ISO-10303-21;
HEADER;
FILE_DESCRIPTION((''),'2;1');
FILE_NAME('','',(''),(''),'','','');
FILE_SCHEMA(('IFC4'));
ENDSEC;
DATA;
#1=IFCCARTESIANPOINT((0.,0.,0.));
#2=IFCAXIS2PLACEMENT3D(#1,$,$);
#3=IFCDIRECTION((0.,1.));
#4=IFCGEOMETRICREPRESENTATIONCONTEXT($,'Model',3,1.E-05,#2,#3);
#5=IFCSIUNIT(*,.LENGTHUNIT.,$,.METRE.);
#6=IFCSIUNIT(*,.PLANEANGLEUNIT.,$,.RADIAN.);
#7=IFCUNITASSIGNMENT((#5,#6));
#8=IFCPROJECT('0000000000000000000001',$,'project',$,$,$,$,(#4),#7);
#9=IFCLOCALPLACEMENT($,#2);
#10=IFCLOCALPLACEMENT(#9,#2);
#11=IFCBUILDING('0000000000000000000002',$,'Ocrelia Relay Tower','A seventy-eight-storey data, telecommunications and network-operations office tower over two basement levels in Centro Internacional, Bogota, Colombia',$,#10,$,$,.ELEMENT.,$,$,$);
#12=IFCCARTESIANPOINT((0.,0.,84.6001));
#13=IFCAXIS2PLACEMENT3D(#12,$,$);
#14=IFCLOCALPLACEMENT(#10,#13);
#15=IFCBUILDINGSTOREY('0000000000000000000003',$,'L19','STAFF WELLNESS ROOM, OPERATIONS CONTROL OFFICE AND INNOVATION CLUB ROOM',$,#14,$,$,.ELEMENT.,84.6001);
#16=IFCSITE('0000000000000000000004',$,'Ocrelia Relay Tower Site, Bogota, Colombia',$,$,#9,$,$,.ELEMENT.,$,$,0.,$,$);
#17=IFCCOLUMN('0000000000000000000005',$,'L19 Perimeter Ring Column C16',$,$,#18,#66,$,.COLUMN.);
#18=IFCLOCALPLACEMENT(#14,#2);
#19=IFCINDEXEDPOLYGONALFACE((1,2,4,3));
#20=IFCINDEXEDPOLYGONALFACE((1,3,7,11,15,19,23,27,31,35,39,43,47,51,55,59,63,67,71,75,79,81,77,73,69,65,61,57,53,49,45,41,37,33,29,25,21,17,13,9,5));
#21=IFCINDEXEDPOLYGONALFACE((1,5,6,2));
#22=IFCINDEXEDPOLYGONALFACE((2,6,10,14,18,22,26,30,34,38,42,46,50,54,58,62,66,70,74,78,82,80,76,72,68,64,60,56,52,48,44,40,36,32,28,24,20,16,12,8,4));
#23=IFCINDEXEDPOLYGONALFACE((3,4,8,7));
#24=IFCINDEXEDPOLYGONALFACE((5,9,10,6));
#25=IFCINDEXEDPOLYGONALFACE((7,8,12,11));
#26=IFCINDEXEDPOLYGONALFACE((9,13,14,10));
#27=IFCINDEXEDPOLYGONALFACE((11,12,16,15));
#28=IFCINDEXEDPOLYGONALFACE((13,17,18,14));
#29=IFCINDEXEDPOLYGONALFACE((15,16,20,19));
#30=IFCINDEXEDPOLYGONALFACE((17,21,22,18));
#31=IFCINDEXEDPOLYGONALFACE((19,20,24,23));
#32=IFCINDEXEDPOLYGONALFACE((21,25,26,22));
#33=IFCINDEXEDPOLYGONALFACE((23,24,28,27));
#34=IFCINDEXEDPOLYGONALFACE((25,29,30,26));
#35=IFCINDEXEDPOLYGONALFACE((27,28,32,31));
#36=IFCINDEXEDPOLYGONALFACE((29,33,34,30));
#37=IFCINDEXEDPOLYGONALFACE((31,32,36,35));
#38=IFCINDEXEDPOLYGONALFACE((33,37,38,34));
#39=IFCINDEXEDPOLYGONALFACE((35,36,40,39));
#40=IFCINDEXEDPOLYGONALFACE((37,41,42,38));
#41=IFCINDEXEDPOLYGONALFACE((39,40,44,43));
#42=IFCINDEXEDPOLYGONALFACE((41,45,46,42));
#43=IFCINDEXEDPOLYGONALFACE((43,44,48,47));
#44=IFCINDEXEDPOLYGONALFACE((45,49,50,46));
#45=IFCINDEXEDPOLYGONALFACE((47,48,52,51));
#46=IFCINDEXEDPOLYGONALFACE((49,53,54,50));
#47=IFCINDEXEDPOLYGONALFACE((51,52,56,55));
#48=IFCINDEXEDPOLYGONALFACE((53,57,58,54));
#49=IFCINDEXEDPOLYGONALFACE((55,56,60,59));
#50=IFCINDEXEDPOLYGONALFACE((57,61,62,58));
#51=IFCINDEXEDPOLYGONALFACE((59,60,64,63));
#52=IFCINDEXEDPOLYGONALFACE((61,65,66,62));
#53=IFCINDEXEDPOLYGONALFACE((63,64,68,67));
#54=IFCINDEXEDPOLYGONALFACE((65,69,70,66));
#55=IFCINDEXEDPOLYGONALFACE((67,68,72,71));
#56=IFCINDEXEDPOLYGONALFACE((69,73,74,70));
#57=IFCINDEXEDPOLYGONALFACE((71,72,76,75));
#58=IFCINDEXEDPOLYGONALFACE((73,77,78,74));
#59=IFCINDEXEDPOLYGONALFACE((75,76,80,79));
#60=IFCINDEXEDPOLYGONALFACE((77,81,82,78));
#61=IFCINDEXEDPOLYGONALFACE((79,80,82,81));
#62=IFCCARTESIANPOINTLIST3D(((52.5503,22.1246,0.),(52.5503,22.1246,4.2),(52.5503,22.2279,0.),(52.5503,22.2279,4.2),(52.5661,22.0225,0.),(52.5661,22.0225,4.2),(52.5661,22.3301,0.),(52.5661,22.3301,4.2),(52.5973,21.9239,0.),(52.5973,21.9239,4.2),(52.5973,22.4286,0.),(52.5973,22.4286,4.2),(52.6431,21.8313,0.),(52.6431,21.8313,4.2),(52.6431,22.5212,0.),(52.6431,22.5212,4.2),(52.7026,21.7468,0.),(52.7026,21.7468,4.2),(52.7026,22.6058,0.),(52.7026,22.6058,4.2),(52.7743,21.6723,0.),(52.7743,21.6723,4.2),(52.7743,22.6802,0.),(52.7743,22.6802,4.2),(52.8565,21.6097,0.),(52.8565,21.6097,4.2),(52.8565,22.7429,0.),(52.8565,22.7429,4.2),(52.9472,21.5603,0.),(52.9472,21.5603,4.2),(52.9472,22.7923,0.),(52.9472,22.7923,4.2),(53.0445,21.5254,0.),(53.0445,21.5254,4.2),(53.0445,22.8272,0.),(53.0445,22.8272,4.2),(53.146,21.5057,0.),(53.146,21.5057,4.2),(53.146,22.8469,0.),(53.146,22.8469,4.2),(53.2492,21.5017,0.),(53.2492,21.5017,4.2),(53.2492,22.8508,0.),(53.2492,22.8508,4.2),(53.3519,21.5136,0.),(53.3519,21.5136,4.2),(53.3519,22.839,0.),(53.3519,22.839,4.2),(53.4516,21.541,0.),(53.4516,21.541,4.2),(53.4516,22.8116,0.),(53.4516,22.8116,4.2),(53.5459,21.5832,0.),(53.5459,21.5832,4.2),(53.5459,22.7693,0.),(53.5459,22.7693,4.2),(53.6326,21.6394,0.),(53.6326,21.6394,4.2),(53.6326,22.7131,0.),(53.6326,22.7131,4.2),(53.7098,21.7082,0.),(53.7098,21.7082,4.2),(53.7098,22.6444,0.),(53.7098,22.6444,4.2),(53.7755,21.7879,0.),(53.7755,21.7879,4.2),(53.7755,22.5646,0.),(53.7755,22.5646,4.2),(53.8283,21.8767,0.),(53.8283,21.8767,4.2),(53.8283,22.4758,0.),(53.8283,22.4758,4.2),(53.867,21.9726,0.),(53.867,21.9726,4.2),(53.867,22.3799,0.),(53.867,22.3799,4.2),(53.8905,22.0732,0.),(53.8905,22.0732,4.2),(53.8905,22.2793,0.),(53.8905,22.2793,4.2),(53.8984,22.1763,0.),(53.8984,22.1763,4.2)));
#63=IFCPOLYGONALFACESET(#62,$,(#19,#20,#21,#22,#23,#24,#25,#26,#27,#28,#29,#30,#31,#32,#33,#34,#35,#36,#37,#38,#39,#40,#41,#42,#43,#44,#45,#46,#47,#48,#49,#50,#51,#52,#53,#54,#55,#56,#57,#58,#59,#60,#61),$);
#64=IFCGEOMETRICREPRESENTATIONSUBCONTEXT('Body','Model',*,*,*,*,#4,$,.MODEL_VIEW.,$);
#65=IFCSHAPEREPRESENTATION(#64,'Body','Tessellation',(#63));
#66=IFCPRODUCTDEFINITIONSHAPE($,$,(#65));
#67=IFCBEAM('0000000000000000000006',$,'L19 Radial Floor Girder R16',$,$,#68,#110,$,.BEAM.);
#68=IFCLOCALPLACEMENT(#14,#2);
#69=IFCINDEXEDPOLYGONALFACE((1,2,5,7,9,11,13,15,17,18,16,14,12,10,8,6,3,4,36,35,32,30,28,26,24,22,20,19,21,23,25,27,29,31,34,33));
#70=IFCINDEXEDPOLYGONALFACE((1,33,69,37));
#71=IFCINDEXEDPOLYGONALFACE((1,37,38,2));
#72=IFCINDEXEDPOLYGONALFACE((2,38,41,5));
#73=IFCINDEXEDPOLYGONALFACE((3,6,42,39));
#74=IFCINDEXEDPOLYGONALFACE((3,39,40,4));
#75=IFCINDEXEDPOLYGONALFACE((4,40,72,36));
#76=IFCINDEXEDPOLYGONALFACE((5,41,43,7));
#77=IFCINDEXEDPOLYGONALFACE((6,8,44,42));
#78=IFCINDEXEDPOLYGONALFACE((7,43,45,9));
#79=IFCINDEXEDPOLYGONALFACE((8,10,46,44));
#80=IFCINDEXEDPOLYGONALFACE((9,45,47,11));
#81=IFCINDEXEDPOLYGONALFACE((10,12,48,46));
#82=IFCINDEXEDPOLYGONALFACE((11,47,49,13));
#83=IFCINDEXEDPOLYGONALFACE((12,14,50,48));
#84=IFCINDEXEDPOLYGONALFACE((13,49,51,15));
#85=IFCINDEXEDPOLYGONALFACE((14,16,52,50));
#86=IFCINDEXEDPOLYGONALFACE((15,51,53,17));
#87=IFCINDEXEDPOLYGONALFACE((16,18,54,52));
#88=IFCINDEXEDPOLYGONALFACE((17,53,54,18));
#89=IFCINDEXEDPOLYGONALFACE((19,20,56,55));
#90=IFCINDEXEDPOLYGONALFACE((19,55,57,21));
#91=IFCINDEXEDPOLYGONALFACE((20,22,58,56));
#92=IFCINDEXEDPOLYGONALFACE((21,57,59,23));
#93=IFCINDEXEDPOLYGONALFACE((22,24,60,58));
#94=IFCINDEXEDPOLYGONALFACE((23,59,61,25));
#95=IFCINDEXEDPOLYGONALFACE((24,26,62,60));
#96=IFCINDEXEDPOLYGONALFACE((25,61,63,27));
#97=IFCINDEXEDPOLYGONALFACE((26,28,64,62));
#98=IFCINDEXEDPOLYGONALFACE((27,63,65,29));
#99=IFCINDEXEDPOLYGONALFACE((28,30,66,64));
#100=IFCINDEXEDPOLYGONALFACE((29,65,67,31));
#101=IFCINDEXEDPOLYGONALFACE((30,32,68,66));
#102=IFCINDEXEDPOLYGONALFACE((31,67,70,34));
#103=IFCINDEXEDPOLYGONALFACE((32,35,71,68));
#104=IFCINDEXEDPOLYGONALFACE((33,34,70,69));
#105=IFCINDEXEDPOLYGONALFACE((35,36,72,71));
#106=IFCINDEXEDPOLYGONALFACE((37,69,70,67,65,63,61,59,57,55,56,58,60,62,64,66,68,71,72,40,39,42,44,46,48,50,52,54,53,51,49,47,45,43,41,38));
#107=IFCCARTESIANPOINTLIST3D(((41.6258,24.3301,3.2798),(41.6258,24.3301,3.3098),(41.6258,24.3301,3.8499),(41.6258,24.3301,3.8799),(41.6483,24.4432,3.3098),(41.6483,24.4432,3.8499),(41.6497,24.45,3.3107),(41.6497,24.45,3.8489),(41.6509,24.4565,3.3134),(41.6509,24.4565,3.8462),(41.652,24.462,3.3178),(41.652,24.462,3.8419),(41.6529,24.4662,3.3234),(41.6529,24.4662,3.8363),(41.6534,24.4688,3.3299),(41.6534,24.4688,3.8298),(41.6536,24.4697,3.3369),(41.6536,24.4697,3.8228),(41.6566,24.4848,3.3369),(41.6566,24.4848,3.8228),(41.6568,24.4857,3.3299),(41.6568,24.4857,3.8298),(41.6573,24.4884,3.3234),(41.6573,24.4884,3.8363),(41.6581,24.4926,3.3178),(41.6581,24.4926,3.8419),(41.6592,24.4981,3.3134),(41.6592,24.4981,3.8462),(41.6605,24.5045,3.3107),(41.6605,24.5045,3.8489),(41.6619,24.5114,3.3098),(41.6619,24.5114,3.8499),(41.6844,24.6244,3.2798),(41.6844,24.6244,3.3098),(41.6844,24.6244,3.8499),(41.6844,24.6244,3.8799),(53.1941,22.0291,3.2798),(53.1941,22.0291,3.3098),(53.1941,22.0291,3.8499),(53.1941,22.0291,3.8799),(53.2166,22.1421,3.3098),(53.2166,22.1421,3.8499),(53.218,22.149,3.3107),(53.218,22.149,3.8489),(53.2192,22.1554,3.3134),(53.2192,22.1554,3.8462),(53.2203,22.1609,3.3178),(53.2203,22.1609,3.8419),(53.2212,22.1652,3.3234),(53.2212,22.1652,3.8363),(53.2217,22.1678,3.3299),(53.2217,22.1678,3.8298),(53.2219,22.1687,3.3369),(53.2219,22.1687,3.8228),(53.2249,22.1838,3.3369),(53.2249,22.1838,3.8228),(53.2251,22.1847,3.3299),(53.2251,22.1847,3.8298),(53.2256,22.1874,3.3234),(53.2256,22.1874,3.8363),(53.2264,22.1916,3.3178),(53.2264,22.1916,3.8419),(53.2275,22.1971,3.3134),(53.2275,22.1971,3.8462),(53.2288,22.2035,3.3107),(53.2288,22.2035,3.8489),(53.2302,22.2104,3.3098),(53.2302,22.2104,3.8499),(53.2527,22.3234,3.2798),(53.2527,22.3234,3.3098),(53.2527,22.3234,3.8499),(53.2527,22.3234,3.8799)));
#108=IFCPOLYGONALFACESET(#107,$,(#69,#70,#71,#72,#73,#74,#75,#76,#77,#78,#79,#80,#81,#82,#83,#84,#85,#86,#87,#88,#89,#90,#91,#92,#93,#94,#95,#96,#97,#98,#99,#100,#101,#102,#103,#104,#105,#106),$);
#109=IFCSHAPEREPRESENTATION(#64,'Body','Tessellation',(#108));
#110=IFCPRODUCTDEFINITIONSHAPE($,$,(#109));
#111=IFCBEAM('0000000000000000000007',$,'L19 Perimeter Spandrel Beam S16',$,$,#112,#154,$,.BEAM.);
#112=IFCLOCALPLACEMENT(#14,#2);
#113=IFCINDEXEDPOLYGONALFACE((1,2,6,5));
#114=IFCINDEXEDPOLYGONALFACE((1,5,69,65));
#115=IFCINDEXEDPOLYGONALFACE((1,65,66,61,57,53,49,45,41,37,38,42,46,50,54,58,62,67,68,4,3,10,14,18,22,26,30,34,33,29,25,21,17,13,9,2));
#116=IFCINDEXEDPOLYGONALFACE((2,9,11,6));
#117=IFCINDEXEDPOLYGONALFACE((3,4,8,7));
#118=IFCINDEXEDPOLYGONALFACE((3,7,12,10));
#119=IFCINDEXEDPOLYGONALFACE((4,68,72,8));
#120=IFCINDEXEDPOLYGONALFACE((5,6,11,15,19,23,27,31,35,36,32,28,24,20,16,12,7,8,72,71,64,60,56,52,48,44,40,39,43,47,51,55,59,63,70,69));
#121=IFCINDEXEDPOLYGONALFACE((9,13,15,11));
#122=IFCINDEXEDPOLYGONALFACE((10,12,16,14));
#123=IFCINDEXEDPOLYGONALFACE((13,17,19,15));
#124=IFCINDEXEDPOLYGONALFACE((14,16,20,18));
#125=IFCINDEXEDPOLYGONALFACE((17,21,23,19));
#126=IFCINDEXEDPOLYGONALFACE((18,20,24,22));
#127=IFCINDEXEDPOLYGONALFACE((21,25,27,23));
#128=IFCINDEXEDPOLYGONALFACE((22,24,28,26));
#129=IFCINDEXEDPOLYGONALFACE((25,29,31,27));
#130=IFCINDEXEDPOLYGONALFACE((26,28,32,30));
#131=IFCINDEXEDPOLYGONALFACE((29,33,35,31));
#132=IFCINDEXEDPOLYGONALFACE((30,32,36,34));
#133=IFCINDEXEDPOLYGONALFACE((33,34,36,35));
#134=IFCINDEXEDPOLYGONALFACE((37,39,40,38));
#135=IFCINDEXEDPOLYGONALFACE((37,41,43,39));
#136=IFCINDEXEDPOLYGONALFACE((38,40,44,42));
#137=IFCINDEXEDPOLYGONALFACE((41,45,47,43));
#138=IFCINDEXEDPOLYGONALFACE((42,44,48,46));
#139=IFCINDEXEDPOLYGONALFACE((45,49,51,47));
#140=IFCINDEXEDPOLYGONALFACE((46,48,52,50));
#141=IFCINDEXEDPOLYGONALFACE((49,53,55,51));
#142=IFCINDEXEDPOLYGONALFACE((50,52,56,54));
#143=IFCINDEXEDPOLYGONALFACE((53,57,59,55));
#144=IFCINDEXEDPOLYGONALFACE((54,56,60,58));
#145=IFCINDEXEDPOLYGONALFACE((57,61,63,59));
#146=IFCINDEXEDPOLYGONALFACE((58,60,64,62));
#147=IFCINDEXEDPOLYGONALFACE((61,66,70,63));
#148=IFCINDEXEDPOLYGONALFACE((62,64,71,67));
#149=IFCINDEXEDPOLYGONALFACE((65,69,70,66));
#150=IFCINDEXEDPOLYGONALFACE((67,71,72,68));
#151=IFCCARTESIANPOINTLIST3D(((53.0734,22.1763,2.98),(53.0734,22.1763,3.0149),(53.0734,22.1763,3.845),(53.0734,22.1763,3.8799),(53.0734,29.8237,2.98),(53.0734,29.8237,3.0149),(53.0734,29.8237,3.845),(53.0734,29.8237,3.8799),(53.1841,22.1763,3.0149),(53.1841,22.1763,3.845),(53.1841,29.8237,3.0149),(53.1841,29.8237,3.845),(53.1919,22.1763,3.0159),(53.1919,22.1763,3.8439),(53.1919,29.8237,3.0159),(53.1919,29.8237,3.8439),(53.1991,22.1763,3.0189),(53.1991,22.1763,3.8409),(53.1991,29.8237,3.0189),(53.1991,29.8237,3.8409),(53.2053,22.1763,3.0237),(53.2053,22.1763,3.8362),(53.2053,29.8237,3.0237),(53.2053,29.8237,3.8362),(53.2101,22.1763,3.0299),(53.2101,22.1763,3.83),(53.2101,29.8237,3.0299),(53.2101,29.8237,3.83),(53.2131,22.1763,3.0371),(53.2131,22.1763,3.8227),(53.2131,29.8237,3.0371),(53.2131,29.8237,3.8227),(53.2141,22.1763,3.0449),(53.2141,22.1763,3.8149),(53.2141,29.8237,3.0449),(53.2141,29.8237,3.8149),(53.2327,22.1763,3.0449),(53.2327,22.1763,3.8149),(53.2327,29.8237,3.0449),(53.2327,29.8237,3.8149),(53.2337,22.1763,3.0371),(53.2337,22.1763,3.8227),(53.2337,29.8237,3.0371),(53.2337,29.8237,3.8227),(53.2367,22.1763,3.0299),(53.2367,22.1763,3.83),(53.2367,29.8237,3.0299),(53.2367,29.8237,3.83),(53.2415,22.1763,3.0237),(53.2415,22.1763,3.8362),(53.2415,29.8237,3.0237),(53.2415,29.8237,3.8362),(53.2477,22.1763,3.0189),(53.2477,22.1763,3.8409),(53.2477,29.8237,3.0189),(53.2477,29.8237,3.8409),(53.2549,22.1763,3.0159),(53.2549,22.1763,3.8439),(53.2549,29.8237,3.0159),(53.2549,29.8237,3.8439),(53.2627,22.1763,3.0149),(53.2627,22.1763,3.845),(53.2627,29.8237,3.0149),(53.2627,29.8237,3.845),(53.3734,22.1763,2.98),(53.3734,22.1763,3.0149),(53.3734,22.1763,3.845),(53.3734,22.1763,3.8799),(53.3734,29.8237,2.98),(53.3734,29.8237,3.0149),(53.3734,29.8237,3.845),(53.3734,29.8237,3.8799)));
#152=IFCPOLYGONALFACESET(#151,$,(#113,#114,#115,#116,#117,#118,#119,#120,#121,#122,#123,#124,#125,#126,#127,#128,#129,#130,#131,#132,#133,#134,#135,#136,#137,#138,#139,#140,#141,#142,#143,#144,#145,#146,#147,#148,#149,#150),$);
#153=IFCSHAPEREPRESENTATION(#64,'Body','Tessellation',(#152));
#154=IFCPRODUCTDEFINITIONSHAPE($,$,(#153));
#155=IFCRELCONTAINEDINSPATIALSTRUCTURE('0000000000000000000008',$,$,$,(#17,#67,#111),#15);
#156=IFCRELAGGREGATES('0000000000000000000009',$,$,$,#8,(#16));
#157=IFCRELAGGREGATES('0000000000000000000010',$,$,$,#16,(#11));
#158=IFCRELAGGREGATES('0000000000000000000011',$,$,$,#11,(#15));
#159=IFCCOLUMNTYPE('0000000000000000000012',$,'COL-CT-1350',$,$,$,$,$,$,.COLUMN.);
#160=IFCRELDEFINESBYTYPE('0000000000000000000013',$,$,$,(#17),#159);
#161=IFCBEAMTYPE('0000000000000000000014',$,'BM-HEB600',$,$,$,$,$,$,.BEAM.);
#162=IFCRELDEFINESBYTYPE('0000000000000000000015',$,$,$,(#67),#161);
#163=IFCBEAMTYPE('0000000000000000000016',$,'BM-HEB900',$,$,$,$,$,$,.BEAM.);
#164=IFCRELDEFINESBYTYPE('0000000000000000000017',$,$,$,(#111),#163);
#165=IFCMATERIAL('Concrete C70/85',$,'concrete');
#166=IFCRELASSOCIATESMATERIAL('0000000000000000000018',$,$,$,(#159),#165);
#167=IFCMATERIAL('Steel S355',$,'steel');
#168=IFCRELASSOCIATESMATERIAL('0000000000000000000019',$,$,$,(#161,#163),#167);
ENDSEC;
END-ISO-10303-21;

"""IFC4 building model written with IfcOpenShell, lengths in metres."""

from ifc_helpers import new_model, si_unit, direction, frame, origin, origin_2d, place, context, subcontext, project, spatial, circle, i_section, extrude, material, material_profile, profile_set, type_object, element, save


model = new_model("IFC4")

# Units and contexts
model_context = context("Model", 3, precision=1e-05, world=origin(), true_north=direction((0.0, 1.0)))
body_context = subcontext(model_context, "Body", "Model", "MODEL_VIEW")
ifc_project = project(units=[si_unit("LENGTHUNIT", "METRE"), si_unit("PLANEANGLEUNIT", "RADIAN")], contexts=[model_context])

# Site, building, storey
site_placement = place(None, origin())
site = spatial("IfcSite", under=ifc_project, at=site_placement, Name="Ocrelia Relay Tower Site, Bogota, Colombia", CompositionType="ELEMENT", RefElevation=0.0)
building_placement = place(site_placement, origin())
building = spatial("IfcBuilding", under=site, at=building_placement, Name="Ocrelia Relay Tower", Description="A seventy-eight-storey data, telecommunications and network-operations office tower over two basement levels in Centro Internacional, Bogota, Colombia", CompositionType="ELEMENT")
storey_placement = place(building_placement, frame((0.0, 0.0, 84.6001)))
storey = spatial("IfcBuildingStorey", under=building, at=storey_placement, Name="L19", Description="STAFF WELLNESS ROOM, OPERATIONS CONTROL OFFICE AND INNOVATION CLUB ROOM", CompositionType="ELEMENT", Elevation=84.6001)

# Column
ifc_material_1 = material(Name="Concrete C70/85", Category="concrete")
ifc_material_profile_1 = material_profile(ifc_material_1, circle(Radius=0.675, at=origin_2d()), Name="RC-CIR-1350")
ifc_profile_set_1 = profile_set([ifc_material_profile_1], Name="Concrete C70/85")
column_type = type_object("IfcColumnType", Name="COL-CT-1350", PredefinedType="COLUMN", material=ifc_profile_set_1)
column_placement = place(storey_placement, frame((53.2234, 22.1763, 0.0), z_axis=(0.0, 0.0, 1.0), x_axis=(1.0, 0.0, 0.0)))
element("IfcColumn", 1, at=column_placement, inside=storey, type_object=column_type, Name="L19 Perimeter Ring Column C16", PredefinedType="COLUMN", context=body_context, shape_type="SweptSolid", body=[
    extrude(circle(Radius=0.675, at=origin_2d()), origin(), (0.0, 0.0, 1.0), 4.2),
])

# Beams
ifc_material_2 = material(Name="Steel S355", Category="steel")
ifc_material_profile_2 = material_profile(ifc_material_2, i_section(OverallWidth=0.3, OverallDepth=0.6001, WebThickness=0.0154, FlangeThickness=0.03, FilletRadius=0.0271, at=origin_2d()), Name="HEB 600")
ifc_profile_set_2 = profile_set([ifc_material_profile_2], Name="Steel S355")
beam_type_1 = type_object("IfcBeamType", Name="BM-HEB600", PredefinedType="BEAM", material=ifc_profile_set_2)
beam_1_placement = place(storey_placement, frame((53.2234, 22.1763, 3.5798), z_axis=(-0.980786, 0.195085, 0.0), x_axis=(-0.195085, -0.980786, 0.0)))
element("IfcBeam", 2, at=beam_1_placement, inside=storey, type_object=beam_type_1, Name="L19 Radial Floor Girder R16", PredefinedType="BEAM", context=body_context, shape_type="SweptSolid", body=[
    extrude(i_section(OverallWidth=0.3, OverallDepth=0.6001, WebThickness=0.0154, FlangeThickness=0.03, FilletRadius=0.0271, at=origin_2d()), origin(), (0.0, 0.0, 1.0), 11.7949),
])
ifc_material_profile_3 = material_profile(ifc_material_2, i_section(OverallWidth=0.3, OverallDepth=0.8999, WebThickness=0.0186, FlangeThickness=0.0349, FilletRadius=0.03, at=origin_2d()), Name="HEB 900")
ifc_profile_set_3 = profile_set([ifc_material_profile_3], Name="Steel S355")
beam_type_2 = type_object("IfcBeamType", Name="BM-HEB900", PredefinedType="BEAM", material=ifc_profile_set_3)
beam_2_placement = place(storey_placement, frame((53.2234, 22.1763, 3.4299), z_axis=(0.0, 1.0, 0.0), x_axis=(-1.0, 0.0, 0.0)))
element("IfcBeam", 3, at=beam_2_placement, inside=storey, type_object=beam_type_2, Name="L19 Perimeter Spandrel Beam S16", PredefinedType="BEAM", context=body_context, shape_type="SweptSolid", body=[
    extrude(i_section(OverallWidth=0.3, OverallDepth=0.8999, WebThickness=0.0186, FlangeThickness=0.0349, FilletRadius=0.03, at=origin_2d()), origin(), (0.0, 0.0, 1.0), 7.6475),
])

save(model, "model.ifc")
